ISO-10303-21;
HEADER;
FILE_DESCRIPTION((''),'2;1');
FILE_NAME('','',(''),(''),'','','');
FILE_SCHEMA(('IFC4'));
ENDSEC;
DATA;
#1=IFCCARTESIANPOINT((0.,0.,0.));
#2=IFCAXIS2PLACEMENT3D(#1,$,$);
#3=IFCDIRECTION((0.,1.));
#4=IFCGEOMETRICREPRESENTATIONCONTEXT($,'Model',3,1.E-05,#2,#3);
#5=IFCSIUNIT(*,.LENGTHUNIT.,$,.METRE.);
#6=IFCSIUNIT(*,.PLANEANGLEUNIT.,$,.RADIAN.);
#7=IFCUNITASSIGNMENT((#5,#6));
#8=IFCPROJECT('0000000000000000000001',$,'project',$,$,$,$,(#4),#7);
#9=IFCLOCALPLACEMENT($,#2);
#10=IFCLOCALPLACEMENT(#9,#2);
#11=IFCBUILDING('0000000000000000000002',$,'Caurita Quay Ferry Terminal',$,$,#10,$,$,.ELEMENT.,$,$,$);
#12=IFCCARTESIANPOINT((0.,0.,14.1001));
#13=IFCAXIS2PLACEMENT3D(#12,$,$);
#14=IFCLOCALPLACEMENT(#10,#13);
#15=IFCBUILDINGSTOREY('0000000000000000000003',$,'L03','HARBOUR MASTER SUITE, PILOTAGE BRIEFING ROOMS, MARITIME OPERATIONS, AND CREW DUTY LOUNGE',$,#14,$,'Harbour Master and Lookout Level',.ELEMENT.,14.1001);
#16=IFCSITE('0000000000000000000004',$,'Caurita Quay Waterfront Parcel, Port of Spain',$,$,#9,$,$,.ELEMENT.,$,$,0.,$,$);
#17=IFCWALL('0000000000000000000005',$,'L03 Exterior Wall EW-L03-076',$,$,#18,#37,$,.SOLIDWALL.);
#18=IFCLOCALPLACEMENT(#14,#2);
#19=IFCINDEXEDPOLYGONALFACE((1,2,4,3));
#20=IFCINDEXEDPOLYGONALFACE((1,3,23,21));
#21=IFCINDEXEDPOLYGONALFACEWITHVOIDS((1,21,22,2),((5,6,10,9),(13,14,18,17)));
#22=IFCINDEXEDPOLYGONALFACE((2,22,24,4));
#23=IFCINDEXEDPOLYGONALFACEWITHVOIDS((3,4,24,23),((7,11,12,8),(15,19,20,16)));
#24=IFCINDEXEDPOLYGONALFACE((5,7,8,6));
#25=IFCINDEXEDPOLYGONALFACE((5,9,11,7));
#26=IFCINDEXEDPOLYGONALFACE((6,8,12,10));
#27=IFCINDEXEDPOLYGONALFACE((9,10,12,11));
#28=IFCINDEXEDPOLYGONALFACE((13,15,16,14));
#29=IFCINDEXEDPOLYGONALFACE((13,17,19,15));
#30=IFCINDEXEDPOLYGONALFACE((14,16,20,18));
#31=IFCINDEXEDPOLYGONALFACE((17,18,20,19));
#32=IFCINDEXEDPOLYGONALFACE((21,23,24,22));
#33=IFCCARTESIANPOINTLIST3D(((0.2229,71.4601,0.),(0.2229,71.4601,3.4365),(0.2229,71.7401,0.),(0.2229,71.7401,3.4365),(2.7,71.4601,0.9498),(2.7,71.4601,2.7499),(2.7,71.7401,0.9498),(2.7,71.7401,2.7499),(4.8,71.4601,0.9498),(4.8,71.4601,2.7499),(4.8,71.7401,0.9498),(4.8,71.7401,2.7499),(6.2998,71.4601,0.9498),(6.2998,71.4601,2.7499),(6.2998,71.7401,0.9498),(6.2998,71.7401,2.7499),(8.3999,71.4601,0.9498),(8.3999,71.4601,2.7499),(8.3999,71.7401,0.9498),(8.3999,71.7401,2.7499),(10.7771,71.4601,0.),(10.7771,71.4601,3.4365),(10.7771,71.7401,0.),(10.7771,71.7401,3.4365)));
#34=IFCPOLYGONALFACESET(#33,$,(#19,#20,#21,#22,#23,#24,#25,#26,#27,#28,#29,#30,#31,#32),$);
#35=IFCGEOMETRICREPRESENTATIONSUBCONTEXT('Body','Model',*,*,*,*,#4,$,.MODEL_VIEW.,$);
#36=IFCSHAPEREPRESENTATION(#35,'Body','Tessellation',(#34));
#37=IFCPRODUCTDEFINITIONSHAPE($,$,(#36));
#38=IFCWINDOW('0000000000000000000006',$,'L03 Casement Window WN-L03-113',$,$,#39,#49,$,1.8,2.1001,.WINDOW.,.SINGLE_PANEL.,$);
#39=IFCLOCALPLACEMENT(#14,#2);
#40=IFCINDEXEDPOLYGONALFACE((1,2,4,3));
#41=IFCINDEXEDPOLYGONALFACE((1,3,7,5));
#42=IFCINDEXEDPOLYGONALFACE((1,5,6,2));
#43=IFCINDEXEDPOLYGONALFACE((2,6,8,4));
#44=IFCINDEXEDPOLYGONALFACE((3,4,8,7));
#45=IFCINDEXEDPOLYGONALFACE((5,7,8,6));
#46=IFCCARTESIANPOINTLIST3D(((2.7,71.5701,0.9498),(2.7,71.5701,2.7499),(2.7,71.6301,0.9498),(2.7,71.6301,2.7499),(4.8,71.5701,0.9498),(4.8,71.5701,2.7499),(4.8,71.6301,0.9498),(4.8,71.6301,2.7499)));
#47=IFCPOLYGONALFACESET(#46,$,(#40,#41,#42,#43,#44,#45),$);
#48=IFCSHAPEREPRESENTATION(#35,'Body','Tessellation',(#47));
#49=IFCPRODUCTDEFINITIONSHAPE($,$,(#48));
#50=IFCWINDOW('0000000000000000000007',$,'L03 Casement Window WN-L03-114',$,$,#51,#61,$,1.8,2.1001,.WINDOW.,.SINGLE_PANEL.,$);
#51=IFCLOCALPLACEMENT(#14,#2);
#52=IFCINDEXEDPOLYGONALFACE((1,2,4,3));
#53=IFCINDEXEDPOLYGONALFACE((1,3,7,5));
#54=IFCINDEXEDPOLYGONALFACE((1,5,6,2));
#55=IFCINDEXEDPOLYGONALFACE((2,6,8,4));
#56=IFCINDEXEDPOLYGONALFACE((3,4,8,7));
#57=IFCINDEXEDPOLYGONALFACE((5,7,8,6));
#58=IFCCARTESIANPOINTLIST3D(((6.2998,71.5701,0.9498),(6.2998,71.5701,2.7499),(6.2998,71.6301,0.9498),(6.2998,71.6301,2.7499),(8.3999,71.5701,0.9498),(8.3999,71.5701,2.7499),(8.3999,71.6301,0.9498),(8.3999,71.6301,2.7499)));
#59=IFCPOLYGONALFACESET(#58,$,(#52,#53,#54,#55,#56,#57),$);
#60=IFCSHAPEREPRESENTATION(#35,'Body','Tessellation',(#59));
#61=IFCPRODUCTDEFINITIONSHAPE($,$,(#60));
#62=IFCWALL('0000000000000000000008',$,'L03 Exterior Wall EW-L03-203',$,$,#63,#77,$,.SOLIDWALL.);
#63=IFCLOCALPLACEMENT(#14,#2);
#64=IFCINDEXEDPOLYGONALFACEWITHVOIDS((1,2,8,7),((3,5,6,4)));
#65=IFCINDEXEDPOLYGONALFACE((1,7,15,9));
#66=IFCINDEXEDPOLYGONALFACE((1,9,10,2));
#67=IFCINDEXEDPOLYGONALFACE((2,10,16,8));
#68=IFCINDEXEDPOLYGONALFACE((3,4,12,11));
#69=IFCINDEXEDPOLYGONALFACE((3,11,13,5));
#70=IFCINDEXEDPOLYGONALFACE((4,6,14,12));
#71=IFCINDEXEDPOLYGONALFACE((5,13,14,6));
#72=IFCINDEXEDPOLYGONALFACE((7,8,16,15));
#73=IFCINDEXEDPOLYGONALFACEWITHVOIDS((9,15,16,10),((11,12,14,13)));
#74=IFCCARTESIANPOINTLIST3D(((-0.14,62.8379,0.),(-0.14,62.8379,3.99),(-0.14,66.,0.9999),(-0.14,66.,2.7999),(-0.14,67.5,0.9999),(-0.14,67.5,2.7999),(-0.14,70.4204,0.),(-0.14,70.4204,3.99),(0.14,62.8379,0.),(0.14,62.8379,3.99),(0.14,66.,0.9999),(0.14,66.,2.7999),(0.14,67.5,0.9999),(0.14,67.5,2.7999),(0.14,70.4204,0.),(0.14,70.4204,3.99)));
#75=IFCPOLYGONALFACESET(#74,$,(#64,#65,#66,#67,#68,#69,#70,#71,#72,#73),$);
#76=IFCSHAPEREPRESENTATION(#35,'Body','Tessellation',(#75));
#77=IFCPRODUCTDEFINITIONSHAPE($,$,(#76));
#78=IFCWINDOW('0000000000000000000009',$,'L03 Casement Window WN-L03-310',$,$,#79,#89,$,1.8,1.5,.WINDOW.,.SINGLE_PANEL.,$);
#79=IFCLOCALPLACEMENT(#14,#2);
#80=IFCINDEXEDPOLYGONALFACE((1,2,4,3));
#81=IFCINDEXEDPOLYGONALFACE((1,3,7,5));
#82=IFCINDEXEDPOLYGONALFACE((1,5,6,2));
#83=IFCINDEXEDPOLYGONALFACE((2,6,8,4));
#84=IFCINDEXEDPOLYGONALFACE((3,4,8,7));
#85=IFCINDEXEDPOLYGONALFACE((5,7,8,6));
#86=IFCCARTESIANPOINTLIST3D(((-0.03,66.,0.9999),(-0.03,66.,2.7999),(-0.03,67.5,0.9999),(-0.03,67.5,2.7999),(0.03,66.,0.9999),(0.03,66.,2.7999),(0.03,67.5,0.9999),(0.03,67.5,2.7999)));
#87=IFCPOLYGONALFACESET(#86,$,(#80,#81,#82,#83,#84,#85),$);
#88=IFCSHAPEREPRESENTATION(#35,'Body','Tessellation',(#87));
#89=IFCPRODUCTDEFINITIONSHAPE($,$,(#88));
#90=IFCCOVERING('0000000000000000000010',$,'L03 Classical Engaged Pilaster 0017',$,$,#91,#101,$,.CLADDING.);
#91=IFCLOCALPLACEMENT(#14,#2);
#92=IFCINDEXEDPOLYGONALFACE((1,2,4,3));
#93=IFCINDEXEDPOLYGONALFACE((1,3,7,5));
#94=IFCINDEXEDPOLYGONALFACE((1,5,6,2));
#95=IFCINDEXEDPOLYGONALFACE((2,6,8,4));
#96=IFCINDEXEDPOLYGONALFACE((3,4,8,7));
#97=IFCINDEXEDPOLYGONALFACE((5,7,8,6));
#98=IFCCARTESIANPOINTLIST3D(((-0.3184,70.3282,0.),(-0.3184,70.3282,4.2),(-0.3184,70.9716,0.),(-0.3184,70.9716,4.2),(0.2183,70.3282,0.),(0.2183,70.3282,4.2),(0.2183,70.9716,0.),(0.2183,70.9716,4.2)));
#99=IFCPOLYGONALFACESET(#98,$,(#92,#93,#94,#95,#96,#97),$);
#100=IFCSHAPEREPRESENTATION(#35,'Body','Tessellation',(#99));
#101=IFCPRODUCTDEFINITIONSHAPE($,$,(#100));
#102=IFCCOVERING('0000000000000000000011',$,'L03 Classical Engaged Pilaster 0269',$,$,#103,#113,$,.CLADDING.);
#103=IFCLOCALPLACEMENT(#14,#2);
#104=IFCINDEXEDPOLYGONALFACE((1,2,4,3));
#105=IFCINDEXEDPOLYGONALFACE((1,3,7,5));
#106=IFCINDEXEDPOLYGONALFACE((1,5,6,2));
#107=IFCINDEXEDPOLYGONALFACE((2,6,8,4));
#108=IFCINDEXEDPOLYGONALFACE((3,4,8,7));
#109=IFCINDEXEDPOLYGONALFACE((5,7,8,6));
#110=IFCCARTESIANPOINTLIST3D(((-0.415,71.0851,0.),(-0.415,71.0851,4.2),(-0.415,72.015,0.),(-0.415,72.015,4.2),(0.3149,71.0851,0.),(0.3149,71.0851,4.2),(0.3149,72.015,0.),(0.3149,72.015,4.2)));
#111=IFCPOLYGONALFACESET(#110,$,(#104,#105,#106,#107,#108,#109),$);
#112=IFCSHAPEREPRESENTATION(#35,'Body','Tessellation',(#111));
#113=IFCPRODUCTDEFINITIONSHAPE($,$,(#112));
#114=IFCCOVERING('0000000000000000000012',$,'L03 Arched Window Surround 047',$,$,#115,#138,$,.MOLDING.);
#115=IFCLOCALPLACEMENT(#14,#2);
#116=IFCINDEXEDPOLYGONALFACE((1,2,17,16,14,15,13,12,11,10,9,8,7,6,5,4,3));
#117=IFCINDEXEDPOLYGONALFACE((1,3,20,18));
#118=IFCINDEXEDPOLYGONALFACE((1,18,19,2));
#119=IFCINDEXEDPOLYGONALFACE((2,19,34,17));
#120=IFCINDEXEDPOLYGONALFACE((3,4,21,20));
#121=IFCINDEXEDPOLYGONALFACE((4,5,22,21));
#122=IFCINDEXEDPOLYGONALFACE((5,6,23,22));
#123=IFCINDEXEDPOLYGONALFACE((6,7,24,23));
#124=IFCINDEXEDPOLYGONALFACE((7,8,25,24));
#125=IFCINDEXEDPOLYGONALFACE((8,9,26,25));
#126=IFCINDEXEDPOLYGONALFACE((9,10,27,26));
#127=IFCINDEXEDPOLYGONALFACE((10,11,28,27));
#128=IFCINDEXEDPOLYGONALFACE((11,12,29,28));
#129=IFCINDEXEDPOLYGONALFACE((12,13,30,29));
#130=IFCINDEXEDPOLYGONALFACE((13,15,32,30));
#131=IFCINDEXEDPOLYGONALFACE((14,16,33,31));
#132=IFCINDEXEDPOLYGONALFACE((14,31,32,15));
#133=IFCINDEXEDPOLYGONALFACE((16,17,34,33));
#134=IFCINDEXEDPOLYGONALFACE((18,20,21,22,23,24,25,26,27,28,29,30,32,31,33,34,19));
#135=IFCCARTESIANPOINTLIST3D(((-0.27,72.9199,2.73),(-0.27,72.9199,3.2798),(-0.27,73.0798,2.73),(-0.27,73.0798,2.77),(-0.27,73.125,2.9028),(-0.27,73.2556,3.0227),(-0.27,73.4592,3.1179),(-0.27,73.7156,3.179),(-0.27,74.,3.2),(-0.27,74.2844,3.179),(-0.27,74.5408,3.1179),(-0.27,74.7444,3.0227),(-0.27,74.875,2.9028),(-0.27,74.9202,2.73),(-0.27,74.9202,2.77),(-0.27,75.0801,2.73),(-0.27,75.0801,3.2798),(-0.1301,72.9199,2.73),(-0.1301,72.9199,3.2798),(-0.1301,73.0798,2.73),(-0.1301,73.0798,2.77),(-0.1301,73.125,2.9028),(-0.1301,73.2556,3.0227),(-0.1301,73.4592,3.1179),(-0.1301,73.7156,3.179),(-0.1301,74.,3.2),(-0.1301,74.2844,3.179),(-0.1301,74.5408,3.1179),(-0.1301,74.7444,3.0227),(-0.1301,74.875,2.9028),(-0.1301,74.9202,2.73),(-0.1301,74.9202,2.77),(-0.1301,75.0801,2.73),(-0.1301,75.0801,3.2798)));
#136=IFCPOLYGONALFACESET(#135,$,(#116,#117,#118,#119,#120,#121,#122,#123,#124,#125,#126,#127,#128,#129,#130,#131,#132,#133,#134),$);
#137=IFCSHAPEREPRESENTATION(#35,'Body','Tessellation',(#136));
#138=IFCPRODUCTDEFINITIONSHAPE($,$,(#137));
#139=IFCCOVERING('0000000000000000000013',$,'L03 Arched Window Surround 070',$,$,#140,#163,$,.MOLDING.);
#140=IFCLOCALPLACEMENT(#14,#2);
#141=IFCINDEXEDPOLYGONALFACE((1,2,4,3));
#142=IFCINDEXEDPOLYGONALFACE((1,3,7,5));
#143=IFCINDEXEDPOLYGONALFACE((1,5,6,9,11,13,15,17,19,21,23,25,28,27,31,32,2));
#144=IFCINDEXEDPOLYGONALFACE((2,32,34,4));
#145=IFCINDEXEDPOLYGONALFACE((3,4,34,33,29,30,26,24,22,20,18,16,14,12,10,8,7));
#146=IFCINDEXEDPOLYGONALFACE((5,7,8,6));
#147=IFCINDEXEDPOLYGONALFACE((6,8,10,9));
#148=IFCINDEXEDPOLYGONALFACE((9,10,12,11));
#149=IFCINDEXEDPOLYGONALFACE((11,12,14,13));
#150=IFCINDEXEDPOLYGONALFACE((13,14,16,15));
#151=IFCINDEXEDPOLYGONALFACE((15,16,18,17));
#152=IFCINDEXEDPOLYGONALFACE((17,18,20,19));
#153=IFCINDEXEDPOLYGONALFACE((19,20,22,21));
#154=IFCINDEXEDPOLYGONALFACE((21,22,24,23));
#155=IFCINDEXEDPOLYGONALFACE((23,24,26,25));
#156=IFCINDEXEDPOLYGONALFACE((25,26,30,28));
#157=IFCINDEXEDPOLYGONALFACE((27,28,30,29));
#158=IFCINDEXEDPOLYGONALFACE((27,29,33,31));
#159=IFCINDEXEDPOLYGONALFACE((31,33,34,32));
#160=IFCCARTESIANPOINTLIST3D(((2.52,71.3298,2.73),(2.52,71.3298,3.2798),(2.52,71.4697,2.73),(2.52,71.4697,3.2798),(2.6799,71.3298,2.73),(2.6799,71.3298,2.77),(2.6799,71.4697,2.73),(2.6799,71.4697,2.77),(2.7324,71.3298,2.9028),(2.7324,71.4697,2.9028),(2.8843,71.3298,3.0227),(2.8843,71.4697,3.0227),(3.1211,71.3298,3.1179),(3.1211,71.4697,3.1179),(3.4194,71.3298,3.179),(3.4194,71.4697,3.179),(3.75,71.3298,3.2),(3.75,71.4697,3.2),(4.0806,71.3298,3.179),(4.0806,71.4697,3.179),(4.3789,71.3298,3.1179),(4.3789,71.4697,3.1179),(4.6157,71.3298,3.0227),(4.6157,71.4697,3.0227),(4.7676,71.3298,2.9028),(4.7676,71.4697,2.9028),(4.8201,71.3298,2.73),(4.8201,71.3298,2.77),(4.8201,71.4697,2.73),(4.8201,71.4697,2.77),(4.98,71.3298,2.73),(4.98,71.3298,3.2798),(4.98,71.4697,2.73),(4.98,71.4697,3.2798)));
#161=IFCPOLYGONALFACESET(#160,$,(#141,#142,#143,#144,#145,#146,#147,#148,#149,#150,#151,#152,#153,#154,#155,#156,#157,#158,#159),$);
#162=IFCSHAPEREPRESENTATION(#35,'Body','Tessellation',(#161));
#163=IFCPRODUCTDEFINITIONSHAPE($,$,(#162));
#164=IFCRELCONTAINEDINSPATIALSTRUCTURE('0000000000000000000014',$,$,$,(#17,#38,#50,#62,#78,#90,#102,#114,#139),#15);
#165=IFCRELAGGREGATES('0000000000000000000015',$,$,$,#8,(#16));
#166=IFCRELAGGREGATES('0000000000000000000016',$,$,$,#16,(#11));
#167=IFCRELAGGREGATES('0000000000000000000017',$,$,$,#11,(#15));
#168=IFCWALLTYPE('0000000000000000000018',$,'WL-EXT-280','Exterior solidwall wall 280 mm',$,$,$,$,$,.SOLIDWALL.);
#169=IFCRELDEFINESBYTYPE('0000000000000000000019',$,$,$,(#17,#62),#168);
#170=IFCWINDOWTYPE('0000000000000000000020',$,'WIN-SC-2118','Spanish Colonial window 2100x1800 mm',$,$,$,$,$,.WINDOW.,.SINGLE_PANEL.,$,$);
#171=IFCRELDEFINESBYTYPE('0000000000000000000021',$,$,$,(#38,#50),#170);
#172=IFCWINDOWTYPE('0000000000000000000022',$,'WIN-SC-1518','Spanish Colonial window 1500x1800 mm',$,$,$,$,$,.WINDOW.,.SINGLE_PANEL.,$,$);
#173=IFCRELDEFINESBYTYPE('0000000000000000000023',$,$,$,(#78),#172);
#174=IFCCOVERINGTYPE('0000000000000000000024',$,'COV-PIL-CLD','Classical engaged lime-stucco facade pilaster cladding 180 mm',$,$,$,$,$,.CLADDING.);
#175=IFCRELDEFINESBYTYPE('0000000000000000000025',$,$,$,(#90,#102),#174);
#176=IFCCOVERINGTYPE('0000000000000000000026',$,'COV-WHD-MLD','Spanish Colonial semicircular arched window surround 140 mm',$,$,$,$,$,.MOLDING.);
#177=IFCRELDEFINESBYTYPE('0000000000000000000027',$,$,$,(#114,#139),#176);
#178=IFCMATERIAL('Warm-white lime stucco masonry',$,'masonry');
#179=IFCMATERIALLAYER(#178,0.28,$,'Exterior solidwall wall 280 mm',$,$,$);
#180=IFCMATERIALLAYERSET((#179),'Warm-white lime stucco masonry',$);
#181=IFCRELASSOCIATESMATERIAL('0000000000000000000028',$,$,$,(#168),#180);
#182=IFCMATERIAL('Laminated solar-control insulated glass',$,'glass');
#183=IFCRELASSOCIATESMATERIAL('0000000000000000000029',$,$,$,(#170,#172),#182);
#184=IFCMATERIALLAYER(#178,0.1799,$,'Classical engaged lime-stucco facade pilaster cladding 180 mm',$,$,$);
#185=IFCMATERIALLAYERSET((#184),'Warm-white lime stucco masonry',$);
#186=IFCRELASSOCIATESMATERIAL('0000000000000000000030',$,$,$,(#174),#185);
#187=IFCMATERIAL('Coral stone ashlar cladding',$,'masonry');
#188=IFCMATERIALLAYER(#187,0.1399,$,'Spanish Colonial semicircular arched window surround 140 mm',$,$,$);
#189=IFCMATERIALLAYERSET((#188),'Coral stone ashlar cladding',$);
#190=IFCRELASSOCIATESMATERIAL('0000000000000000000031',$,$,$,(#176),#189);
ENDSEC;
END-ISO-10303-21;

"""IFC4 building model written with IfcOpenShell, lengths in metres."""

from ifc_helpers import new_model, si_unit, direction, frame, frame_2d, origin, origin_2d, place, context, subcontext, project, spatial, polyline, rectangle, outline, extrude, material, layer, layer_set, type_object, element, fill, save


model = new_model("IFC4")

# Units and contexts
model_context = context("Model", 3, precision=1e-05, world=origin(), true_north=direction((0.0, 1.0)))
body_context = subcontext(model_context, "Body", "Model", "MODEL_VIEW")
ifc_project = project(units=[si_unit("LENGTHUNIT", "METRE"), si_unit("PLANEANGLEUNIT", "RADIAN")], contexts=[model_context])

# Site, building, storey
site_placement = place(None, origin())
site = spatial("IfcSite", under=ifc_project, at=site_placement, Name="Caurita Quay Waterfront Parcel, Port of Spain", CompositionType="ELEMENT", RefElevation=0.0)
building_placement = place(site_placement, origin())
building = spatial("IfcBuilding", under=site, at=building_placement, Name="Caurita Quay Ferry Terminal", CompositionType="ELEMENT")
storey_placement = place(building_placement, frame((0.0, 0.0, 14.1001)))
storey = spatial("IfcBuildingStorey", under=building, at=storey_placement, Name="L03", Description="HARBOUR MASTER SUITE, PILOTAGE BRIEFING ROOMS, MARITIME OPERATIONS, AND CREW DUTY LOUNGE", LongName="Harbour Master and Lookout Level", CompositionType="ELEMENT", Elevation=14.1001)

# Wall, openings, windows
ifc_material_1 = material(Name="Warm-white lime stucco masonry", Category="masonry")
ifc_layer_1 = layer(ifc_material_1, 0.28, Name="Exterior solidwall wall 280 mm")
ifc_layer_set_1 = layer_set([ifc_layer_1], Name="Warm-white lime stucco masonry")
wall_type_1 = type_object("IfcWallType", Name="WL-EXT-280", Description="Exterior solidwall wall 280 mm", PredefinedType="SOLIDWALL", material=ifc_layer_set_1)
wall_1_placement = place(storey_placement, frame((0.2229, 71.6001, 0.0), z_axis=(0.0, 0.0, 1.0), x_axis=(1.0, 0.0, 0.0)))
wall_1 = element("IfcWall", 1, at=wall_1_placement, inside=storey, type_object=wall_type_1, Name="L03 Exterior Wall EW-L03-076", PredefinedType="SOLIDWALL", context=body_context, shape_type="SweptSolid", body=[
    extrude(rectangle(XDim=10.5542, YDim=0.28, at=frame_2d((5.2771, 0.0))), origin(), (0.0, 0.0, 1.0), 3.4365),
])
opening_1_placement = place(wall_1_placement, frame((2.4771, 0.0, 0.95)))
opening_1 = element("IfcOpeningElement", 2, at=opening_1_placement, cuts=wall_1, PredefinedType="OPENING", context=body_context, shape_type="SweptSolid", body=[
    extrude(rectangle(XDim=2.1001, YDim=1.8, at=frame_2d((1.05, 0.8999))), frame((0.0, 0.1499, 0.0), z_axis=(0.0, -1.0, 0.0), x_axis=(1.0, 0.0, 0.0)), (0.0, 0.0, 1.0), 0.3),
])
opening_2_placement = place(wall_1_placement, frame((6.0769, 0.0, 0.95)))
opening_2 = element("IfcOpeningElement", 3, at=opening_2_placement, cuts=wall_1, PredefinedType="OPENING", context=body_context, shape_type="SweptSolid", body=[
    extrude(rectangle(XDim=2.1001, YDim=1.8, at=frame_2d((1.05, 0.8999))), frame((0.0, 0.1499, 0.0), z_axis=(0.0, -1.0, 0.0), x_axis=(1.0, 0.0, 0.0)), (0.0, 0.0, 1.0), 0.3),
])
ifc_material_2 = material(Name="Laminated solar-control insulated glass", Category="glass")
window_type_1 = type_object("IfcWindowType", Name="WIN-SC-2118", Description="Spanish Colonial window 2100x1800 mm", PartitioningType="SINGLE_PANEL", PredefinedType="WINDOW", material=ifc_material_2)
window_1_placement = place(opening_1_placement, origin())
window_1 = element("IfcWindow", 4, at=window_1_placement, inside=storey, type_object=window_type_1, Name="L03 Casement Window WN-L03-113", OverallHeight=1.8, OverallWidth=2.1001, PartitioningType="SINGLE_PANEL", PredefinedType="WINDOW", context=body_context, shape_type="SweptSolid", body=[
    extrude(rectangle(XDim=2.1001, YDim=1.8, at=frame_2d((1.05, 0.8999))), frame((0.0, 0.03, 0.0), z_axis=(0.0, -1.0, 0.0), x_axis=(1.0, 0.0, 0.0)), (0.0, 0.0, 1.0), 0.0601),
])
fill(opening_1, window_1)
window_2_placement = place(opening_2_placement, origin())
window_2 = element("IfcWindow", 5, at=window_2_placement, inside=storey, type_object=window_type_1, Name="L03 Casement Window WN-L03-114", OverallHeight=1.8, OverallWidth=2.1001, PartitioningType="SINGLE_PANEL", PredefinedType="WINDOW", context=body_context, shape_type="SweptSolid", body=[
    extrude(rectangle(XDim=2.1001, YDim=1.8, at=frame_2d((1.05, 0.8999))), frame((0.0, 0.03, 0.0), z_axis=(0.0, -1.0, 0.0), x_axis=(1.0, 0.0, 0.0)), (0.0, 0.0, 1.0), 0.0601),
])
fill(opening_2, window_2)

# Wall, opening, window
wall_2_placement = place(storey_placement, frame((0.0, 70.4204, 0.0), z_axis=(0.0, 0.0, 1.0), x_axis=(0.0, -1.0, 0.0)))
wall_2 = element("IfcWall", 6, at=wall_2_placement, inside=storey, type_object=wall_type_1, Name="L03 Exterior Wall EW-L03-203", PredefinedType="SOLIDWALL", context=body_context, shape_type="SweptSolid", body=[
    extrude(rectangle(XDim=7.5825, YDim=0.28, at=frame_2d((3.7913, 0.0))), origin(), (0.0, 0.0, 1.0), 3.99),
])
opening_3_placement = place(wall_2_placement, frame((2.9204, 0.0, 1.0)))
opening_3 = element("IfcOpeningElement", 7, at=opening_3_placement, cuts=wall_2, PredefinedType="OPENING", context=body_context, shape_type="SweptSolid", body=[
    extrude(rectangle(XDim=1.5, YDim=1.8, at=frame_2d((0.75, 0.8999))), frame((0.0, 0.1499, 0.0), z_axis=(0.0, -1.0, 0.0), x_axis=(1.0, 0.0, 0.0)), (0.0, 0.0, 1.0), 0.3),
])
window_type_2 = type_object("IfcWindowType", Name="WIN-SC-1518", Description="Spanish Colonial window 1500x1800 mm", PartitioningType="SINGLE_PANEL", PredefinedType="WINDOW", material=ifc_material_2)
window_3_placement = place(opening_3_placement, origin())
window_3 = element("IfcWindow", 8, at=window_3_placement, inside=storey, type_object=window_type_2, Name="L03 Casement Window WN-L03-310", OverallHeight=1.8, OverallWidth=1.5, PartitioningType="SINGLE_PANEL", PredefinedType="WINDOW", context=body_context, shape_type="SweptSolid", body=[
    extrude(rectangle(XDim=1.5, YDim=1.8, at=frame_2d((0.75, 0.8999))), frame((0.0, 0.03, 0.0), z_axis=(0.0, -1.0, 0.0), x_axis=(1.0, 0.0, 0.0)), (0.0, 0.0, 1.0), 0.0601),
])
fill(opening_3, window_3)

# Coverings
ifc_layer_2 = layer(ifc_material_1, 0.1799, Name="Classical engaged lime-stucco facade pilaster cladding 180 mm")
ifc_layer_set_2 = layer_set([ifc_layer_2], Name="Warm-white lime stucco masonry")
covering_type_1 = type_object("IfcCoveringType", Name="COV-PIL-CLD", Description="Classical engaged lime-stucco facade pilaster cladding 180 mm", PredefinedType="CLADDING", material=ifc_layer_set_2)
covering_1_placement = place(storey_placement, frame((-0.05, 70.6499, 0.0), z_axis=(0.0, 0.0, 1.0), x_axis=(1.0, 0.0, 0.0)))
element("IfcCovering", 9, at=covering_1_placement, inside=storey, type_object=covering_type_1, Name="L03 Classical Engaged Pilaster 0017", PredefinedType="CLADDING", context=body_context, shape_type="SweptSolid", body=[
    extrude(rectangle(XDim=0.5366, YDim=0.6433, at=origin_2d()), origin(), (0.0, 0.0, 1.0), 4.2),
])
covering_2_placement = place(storey_placement, frame((-0.05, 71.55, 0.0), z_axis=(0.0, 0.0, 1.0), x_axis=(1.0, 0.0, 0.0)))
element("IfcCovering", 10, at=covering_2_placement, inside=storey, type_object=covering_type_1, Name="L03 Classical Engaged Pilaster 0269", PredefinedType="CLADDING", context=body_context, shape_type="SweptSolid", body=[
    extrude(rectangle(XDim=0.73, YDim=0.9299, at=origin_2d()), origin(), (0.0, 0.0, 1.0), 4.2),
])
ifc_material_3 = material(Name="Coral stone ashlar cladding", Category="masonry")
ifc_layer_3 = layer(ifc_material_3, 0.1399, Name="Spanish Colonial semicircular arched window surround 140 mm")
ifc_layer_set_3 = layer_set([ifc_layer_3], Name="Coral stone ashlar cladding")
covering_type_2 = type_object("IfcCoveringType", Name="COV-WHD-MLD", Description="Spanish Colonial semicircular arched window surround 140 mm", PredefinedType="MOLDING", material=ifc_layer_set_3)
covering_3_placement = place(storey_placement, frame((-0.2, 75.0801, 2.73), z_axis=(0.0, 0.0, 1.0), x_axis=(0.0, -1.0, 0.0)))
element("IfcCovering", 11, at=covering_3_placement, inside=storey, type_object=covering_type_2, Name="L03 Arched Window Surround 047", PredefinedType="MOLDING", context=body_context, shape_type="SweptSolid", body=[
    extrude(outline(polyline([(0.0, 0.0), (0.1599, 0.0), (0.1599, 0.04), (0.2051, 0.1729), (0.3357, 0.2927), (0.5393, 0.3879), (0.7957, 0.449), (1.0801, 0.47), (1.3645, 0.449), (1.6208, 0.3879), (1.8245, 0.2927), (1.9551, 0.1729), (2.0002, 0.04), (2.0002, 0.0), (2.1602, 0.0), (2.1602, 0.5498), (0.0, 0.5498), (0.0, 0.0)])), frame((0.0, 0.0698, 0.0), z_axis=(0.0, -1.0, 0.0), x_axis=(1.0, 0.0, 0.0)), (0.0, 0.0, 1.0), 0.1399),
])
covering_4_placement = place(storey_placement, frame((2.52, 71.3999, 2.73), z_axis=(0.0, 0.0, 1.0), x_axis=(1.0, 0.0, 0.0)))
element("IfcCovering", 12, at=covering_4_placement, inside=storey, type_object=covering_type_2, Name="L03 Arched Window Surround 070", PredefinedType="MOLDING", context=body_context, shape_type="SweptSolid", body=[
    extrude(outline(polyline([(0.0, 0.0), (0.1599, 0.0), (0.1599, 0.04), (0.2124, 0.1729), (0.3643, 0.2927), (0.6011, 0.3879), (0.8994, 0.449), (1.23, 0.47), (1.5605, 0.449), (1.8589, 0.3879), (2.0957, 0.2927), (2.2476, 0.1729), (2.3, 0.04), (2.3, 0.0), (2.46, 0.0), (2.46, 0.5498), (0.0, 0.5498), (0.0, 0.0)])), frame((0.0, 0.0698, 0.0), z_axis=(0.0, -1.0, 0.0), x_axis=(1.0, 0.0, 0.0)), (0.0, 0.0, 1.0), 0.1399),
])

save(model, "model.ifc")
